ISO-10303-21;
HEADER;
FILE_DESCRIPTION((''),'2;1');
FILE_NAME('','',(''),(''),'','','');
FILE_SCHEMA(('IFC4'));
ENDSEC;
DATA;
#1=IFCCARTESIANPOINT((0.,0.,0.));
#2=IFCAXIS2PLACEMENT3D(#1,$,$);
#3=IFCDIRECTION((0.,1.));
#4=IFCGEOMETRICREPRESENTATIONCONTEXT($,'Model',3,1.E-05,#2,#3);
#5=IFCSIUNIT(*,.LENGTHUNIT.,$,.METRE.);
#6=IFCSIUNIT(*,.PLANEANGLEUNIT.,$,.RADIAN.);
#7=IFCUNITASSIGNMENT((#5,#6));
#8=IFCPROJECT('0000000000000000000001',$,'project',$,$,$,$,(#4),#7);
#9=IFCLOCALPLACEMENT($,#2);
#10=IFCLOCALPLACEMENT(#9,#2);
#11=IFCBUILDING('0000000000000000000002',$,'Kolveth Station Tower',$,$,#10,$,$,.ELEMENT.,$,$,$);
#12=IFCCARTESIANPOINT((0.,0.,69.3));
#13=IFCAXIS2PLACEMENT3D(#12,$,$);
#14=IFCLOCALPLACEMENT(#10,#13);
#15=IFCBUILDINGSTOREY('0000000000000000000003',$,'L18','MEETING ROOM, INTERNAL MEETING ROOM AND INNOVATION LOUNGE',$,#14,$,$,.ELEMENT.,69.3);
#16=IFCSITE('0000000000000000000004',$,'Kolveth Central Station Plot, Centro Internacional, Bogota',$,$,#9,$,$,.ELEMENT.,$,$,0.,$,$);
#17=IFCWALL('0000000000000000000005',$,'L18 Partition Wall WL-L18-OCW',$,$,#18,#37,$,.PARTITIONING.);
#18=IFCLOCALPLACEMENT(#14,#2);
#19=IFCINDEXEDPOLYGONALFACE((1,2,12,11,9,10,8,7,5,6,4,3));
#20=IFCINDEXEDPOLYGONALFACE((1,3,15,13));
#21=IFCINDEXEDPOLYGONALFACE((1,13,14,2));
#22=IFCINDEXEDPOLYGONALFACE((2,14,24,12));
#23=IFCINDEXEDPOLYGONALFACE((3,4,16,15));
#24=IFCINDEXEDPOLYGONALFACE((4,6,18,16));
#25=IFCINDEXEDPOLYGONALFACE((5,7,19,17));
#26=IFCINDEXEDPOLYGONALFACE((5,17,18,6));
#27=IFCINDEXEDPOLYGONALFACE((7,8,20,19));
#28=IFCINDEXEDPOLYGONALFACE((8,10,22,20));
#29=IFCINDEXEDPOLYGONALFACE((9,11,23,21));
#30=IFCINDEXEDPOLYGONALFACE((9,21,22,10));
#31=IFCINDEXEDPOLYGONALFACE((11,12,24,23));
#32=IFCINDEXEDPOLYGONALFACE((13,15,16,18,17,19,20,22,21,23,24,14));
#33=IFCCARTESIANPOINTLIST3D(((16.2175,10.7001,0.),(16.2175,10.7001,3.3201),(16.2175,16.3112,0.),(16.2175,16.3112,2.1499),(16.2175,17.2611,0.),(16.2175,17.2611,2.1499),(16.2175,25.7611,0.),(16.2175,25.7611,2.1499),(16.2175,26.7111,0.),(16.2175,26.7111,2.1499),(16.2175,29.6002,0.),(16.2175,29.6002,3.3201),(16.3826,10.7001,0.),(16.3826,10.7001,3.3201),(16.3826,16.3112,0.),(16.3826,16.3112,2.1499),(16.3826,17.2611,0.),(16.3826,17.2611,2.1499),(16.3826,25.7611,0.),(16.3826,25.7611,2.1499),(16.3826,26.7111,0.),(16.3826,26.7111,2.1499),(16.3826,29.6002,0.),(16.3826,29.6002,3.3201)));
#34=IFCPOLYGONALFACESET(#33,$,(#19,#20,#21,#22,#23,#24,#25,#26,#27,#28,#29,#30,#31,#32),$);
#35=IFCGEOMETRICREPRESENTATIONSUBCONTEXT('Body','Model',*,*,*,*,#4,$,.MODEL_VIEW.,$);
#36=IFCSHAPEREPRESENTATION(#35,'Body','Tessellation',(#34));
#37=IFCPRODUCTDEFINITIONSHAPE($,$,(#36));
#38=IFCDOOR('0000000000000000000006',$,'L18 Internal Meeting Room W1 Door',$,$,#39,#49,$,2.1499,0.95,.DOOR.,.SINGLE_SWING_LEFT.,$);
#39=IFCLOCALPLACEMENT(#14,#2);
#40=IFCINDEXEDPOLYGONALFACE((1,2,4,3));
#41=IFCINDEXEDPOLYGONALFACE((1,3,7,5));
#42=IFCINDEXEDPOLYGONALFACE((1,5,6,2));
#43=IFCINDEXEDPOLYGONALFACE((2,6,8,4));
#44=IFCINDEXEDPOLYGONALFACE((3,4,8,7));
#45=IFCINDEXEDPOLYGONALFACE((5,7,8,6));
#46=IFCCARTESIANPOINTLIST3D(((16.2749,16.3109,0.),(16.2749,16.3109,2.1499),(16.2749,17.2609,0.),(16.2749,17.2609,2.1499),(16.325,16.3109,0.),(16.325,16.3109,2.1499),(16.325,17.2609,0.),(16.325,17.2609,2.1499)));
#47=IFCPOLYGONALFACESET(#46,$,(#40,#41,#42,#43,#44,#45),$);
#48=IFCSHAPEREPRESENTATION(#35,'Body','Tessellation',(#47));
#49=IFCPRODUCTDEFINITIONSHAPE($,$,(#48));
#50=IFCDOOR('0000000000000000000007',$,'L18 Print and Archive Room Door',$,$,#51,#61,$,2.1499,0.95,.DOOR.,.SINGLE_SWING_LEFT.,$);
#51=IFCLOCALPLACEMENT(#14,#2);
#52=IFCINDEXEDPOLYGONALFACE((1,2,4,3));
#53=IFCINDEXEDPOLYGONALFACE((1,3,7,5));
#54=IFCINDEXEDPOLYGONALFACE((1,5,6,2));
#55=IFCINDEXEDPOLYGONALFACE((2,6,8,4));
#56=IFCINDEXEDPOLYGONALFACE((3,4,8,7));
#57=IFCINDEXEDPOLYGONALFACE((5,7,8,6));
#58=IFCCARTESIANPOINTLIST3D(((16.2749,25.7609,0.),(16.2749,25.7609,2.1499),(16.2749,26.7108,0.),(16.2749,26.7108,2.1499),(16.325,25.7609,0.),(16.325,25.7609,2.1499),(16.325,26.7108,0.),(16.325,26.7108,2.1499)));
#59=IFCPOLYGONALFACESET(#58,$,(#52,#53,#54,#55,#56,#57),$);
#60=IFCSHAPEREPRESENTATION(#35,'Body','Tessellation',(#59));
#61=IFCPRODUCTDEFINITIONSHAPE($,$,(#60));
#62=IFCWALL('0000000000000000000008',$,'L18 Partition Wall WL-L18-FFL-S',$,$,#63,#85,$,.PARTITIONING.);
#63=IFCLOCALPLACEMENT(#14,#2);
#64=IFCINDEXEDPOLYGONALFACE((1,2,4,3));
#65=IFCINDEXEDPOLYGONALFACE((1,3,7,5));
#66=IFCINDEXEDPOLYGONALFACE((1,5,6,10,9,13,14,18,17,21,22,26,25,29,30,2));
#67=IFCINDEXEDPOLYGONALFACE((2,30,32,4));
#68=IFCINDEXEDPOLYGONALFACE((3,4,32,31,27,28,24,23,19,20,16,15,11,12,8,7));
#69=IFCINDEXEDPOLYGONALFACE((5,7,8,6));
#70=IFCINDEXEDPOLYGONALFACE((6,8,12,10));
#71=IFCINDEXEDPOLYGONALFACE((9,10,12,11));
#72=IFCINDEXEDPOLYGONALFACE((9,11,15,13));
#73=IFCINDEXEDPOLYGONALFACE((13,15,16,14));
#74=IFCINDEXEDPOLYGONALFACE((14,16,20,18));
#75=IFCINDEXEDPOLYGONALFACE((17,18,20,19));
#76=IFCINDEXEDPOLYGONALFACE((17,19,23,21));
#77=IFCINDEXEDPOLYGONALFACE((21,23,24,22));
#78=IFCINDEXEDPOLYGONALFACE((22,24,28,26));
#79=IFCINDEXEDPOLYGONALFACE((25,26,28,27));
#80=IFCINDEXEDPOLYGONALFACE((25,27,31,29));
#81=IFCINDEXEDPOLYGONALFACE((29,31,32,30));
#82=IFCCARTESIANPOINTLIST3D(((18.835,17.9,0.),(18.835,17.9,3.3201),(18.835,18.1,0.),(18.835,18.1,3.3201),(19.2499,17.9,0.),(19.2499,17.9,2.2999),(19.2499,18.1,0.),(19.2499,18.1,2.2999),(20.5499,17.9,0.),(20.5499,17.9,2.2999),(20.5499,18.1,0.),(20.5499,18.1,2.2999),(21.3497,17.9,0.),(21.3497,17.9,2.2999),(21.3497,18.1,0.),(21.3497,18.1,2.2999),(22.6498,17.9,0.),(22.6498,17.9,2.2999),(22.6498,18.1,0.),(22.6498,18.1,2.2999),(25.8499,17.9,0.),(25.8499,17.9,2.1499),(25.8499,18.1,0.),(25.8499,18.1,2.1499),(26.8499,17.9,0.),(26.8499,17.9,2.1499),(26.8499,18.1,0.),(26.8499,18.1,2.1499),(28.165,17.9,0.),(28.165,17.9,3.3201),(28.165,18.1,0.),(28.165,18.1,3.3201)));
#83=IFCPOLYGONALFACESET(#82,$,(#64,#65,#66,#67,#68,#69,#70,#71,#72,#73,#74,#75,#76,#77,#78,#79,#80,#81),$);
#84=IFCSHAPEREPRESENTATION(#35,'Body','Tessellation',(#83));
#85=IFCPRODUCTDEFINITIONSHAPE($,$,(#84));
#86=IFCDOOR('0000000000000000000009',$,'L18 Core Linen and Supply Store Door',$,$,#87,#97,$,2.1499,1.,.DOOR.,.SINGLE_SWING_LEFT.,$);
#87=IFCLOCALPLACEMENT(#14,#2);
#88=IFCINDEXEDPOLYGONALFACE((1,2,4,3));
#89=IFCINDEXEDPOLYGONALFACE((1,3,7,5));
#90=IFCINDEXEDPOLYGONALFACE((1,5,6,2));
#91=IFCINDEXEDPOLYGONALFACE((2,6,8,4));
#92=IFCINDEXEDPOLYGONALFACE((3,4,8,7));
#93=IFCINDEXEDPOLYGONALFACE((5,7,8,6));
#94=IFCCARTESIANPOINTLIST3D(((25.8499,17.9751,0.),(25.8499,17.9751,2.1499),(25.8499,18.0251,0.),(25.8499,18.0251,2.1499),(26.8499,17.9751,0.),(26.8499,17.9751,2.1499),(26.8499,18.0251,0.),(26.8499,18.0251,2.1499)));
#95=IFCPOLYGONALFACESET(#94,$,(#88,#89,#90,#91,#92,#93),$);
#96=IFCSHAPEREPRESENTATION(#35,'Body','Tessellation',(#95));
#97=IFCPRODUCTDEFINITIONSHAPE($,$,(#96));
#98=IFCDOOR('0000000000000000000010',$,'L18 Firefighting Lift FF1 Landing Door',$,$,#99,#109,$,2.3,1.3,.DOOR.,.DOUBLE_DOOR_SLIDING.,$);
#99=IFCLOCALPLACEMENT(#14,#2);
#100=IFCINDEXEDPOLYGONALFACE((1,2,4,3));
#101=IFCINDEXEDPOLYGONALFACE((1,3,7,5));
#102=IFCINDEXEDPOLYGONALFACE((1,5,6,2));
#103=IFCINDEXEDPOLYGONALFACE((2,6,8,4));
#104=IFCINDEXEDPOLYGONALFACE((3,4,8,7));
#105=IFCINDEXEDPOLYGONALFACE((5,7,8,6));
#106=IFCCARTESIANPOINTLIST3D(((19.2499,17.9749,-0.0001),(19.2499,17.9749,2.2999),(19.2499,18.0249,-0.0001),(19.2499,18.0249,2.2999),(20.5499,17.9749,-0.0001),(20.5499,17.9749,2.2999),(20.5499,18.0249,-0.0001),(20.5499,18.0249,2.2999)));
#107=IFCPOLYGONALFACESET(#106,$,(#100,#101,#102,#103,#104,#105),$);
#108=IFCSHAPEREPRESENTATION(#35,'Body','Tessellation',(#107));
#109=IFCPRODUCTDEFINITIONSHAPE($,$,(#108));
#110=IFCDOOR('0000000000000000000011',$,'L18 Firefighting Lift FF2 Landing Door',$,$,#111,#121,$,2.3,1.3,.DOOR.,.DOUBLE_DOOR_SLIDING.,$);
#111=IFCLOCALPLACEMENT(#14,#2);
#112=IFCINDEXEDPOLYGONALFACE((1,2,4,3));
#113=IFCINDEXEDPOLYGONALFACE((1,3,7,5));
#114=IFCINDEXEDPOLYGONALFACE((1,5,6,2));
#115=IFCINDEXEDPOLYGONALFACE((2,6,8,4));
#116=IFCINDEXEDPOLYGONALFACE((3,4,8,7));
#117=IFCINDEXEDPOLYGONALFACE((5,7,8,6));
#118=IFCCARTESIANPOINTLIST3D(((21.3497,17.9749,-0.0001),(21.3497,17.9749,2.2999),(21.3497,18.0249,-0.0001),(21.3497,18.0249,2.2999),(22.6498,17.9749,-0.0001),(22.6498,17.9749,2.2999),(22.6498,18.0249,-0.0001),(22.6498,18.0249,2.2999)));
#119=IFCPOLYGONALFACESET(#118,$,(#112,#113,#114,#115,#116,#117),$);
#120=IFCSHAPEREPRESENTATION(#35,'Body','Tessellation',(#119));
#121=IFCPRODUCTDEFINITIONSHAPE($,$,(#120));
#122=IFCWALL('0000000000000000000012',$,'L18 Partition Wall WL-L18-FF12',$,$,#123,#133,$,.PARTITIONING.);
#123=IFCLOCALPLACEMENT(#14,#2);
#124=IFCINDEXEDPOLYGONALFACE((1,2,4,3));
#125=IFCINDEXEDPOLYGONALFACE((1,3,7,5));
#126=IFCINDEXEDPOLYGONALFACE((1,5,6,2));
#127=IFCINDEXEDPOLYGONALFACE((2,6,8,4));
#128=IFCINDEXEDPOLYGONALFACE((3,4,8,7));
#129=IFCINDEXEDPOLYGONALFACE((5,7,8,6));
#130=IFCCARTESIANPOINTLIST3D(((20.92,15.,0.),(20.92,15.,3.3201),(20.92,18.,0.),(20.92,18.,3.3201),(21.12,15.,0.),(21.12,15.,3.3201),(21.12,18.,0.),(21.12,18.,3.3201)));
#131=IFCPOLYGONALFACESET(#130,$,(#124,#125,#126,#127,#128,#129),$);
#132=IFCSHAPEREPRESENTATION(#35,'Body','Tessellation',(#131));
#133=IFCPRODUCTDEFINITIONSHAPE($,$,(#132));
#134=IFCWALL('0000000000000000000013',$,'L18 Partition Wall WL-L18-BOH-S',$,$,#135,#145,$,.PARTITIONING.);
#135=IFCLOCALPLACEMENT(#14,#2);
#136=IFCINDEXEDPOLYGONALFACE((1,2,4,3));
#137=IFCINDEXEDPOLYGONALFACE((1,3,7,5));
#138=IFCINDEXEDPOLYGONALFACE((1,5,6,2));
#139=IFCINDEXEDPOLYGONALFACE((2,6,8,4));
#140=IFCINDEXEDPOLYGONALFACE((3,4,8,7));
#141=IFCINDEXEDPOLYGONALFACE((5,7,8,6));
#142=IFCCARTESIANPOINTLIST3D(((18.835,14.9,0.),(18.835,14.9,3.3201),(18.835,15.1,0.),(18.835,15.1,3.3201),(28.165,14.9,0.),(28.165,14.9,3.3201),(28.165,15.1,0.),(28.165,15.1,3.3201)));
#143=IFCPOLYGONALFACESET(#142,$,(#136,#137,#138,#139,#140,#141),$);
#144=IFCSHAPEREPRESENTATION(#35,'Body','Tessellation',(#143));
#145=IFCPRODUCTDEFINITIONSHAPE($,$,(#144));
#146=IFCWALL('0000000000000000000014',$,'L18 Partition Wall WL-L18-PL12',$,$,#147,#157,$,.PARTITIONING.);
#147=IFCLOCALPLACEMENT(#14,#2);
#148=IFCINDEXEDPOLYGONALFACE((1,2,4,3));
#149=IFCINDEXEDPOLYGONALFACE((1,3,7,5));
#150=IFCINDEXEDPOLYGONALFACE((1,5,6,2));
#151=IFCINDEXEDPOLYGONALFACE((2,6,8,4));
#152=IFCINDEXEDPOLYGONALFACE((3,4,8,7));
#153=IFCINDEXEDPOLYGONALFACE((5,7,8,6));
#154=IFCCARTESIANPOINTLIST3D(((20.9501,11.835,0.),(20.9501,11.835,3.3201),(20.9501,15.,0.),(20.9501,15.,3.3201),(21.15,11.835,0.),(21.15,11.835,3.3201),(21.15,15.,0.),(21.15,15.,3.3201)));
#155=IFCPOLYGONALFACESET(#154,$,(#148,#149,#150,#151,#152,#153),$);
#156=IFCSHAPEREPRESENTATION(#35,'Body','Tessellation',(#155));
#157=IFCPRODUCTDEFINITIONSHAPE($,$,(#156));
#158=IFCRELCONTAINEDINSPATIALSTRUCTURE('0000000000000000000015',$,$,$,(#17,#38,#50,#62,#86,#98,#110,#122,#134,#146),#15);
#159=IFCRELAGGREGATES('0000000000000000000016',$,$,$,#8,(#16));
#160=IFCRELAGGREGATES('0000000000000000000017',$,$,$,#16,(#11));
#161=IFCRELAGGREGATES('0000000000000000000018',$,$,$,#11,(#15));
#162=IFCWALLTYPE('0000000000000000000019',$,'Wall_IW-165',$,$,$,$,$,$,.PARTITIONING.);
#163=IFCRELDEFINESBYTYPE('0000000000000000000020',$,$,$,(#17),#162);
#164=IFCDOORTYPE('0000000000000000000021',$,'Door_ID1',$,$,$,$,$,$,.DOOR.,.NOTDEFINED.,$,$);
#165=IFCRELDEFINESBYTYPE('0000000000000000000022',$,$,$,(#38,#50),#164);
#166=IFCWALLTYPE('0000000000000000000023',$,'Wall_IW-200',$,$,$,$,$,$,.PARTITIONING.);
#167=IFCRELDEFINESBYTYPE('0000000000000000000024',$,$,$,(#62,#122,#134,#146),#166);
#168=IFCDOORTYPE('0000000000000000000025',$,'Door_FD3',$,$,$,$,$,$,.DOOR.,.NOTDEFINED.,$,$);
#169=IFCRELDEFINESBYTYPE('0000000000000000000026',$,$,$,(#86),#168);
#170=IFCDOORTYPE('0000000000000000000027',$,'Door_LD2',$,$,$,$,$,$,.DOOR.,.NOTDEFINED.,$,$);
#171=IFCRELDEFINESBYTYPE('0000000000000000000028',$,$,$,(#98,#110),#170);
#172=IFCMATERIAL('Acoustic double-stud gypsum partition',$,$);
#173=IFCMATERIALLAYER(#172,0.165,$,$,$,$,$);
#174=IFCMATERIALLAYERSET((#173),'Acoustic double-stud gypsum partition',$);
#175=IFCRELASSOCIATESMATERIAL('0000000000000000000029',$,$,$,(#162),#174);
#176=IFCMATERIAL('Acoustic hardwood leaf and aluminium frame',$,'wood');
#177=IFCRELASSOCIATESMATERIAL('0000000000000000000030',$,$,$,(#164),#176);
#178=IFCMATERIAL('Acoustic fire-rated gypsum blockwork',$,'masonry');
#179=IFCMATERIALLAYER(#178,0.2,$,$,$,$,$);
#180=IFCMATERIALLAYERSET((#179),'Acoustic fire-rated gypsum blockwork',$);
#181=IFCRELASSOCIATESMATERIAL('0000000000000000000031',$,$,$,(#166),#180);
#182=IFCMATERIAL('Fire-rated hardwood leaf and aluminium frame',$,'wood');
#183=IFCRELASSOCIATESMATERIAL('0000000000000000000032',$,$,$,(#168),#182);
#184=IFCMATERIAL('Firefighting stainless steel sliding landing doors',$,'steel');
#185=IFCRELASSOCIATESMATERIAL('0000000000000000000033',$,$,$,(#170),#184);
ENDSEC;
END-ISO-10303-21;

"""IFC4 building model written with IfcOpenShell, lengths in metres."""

from ifc_helpers import new_model, si_unit, direction, frame, frame_2d, origin, place, context, subcontext, project, spatial, rectangle, extrude, material, layer, layer_set, type_object, element, fill, save


model = new_model("IFC4")

# Units and contexts
model_context = context("Model", 3, precision=1e-05, world=origin(), true_north=direction((0.0, 1.0)))
body_context = subcontext(model_context, "Body", "Model", "MODEL_VIEW")
ifc_project = project(units=[si_unit("LENGTHUNIT", "METRE"), si_unit("PLANEANGLEUNIT", "RADIAN")], contexts=[model_context])

# Site, building, storey
site_placement = place(None, origin())
site = spatial("IfcSite", under=ifc_project, at=site_placement, Name="Kolveth Central Station Plot, Centro Internacional, Bogota", CompositionType="ELEMENT", RefElevation=0.0)
building_placement = place(site_placement, origin())
building = spatial("IfcBuilding", under=site, at=building_placement, Name="Kolveth Station Tower", CompositionType="ELEMENT")
storey_placement = place(building_placement, frame((0.0, 0.0, 69.3)))
storey = spatial("IfcBuildingStorey", under=building, at=storey_placement, Name="L18", Description="MEETING ROOM, INTERNAL MEETING ROOM AND INNOVATION LOUNGE", CompositionType="ELEMENT", Elevation=69.3)

# Walls, openings, doors
ifc_material_1 = material(Name="Acoustic double-stud gypsum partition")
ifc_layer_1 = layer(ifc_material_1, 0.165)
ifc_layer_set_1 = layer_set([ifc_layer_1], Name="Acoustic double-stud gypsum partition")
wall_type_1 = type_object("IfcWallType", Name="Wall_IW-165", PredefinedType="PARTITIONING", material=ifc_layer_set_1)
wall_1_placement = place(storey_placement, frame((16.3, 10.7, 0.0), z_axis=(0.0, 0.0, 1.0), x_axis=(0.0, 1.0, 0.0)))
wall_1 = element("IfcWall", 1, at=wall_1_placement, inside=storey, type_object=wall_type_1, Name="L18 Partition Wall WL-L18-OCW", PredefinedType="PARTITIONING", context=body_context, shape_type="SweptSolid", body=[
    extrude(rectangle(XDim=18.9001, YDim=0.165, at=frame_2d((9.4502, 0.0))), origin(), (0.0, 0.0, 1.0), 3.3201),
])
opening_1_placement = place(wall_1_placement, frame((5.6111, 0.0, 0.0)))
opening_1 = element("IfcOpeningElement", 2, at=opening_1_placement, cuts=wall_1, PredefinedType="OPENING", context=body_context, shape_type="SweptSolid", body=[
    extrude(rectangle(XDim=0.95, YDim=2.1499, at=frame_2d((0.4751, 1.075))), frame((0.0, 0.0925, 0.0), z_axis=(0.0, -1.0, 0.0), x_axis=(1.0, 0.0, 0.0)), (0.0, 0.0, 1.0), 0.1851),
])
opening_2_placement = place(wall_1_placement, frame((15.061, 0.0, 0.0)))
opening_2 = element("IfcOpeningElement", 3, at=opening_2_placement, cuts=wall_1, PredefinedType="OPENING", context=body_context, shape_type="SweptSolid", body=[
    extrude(rectangle(XDim=0.95, YDim=2.1499, at=frame_2d((0.4751, 1.075))), frame((0.0, 0.0925, 0.0), z_axis=(0.0, -1.0, 0.0), x_axis=(1.0, 0.0, 0.0)), (0.0, 0.0, 1.0), 0.1851),
])
ifc_material_2 = material(Name="Acoustic hardwood leaf and aluminium frame", Category="wood")
door_type_1 = type_object("IfcDoorType", Name="Door_ID1", OperationType="NOTDEFINED", PredefinedType="DOOR", material=ifc_material_2)
door_1_placement = place(opening_1_placement, frame((0.95, 0.0, 0.0), z_axis=(0.0, 0.0, 1.0), x_axis=(-1.0, 0.0, 0.0)))
door_1 = element("IfcDoor", 4, at=door_1_placement, inside=storey, type_object=door_type_1, Name="L18 Internal Meeting Room W1 Door", OperationType="SINGLE_SWING_LEFT", OverallHeight=2.1499, OverallWidth=0.95, PredefinedType="DOOR", context=body_context, shape_type="SweptSolid", body=[
    extrude(rectangle(XDim=0.95, YDim=2.1499, at=frame_2d((0.4751, 1.075))), frame((0.0, 0.0249, 0.0), z_axis=(0.0, -1.0, 0.0), x_axis=(1.0, 0.0, 0.0)), (0.0, 0.0, 1.0), 0.05),
])
fill(opening_1, door_1)
door_2_placement = place(opening_2_placement, frame((0.95, 0.0, 0.0), z_axis=(0.0, 0.0, 1.0), x_axis=(-1.0, 0.0, 0.0)))
door_2 = element("IfcDoor", 5, at=door_2_placement, inside=storey, type_object=door_type_1, Name="L18 Print and Archive Room Door", OperationType="SINGLE_SWING_LEFT", OverallHeight=2.1499, OverallWidth=0.95, PredefinedType="DOOR", context=body_context, shape_type="SweptSolid", body=[
    extrude(rectangle(XDim=0.95, YDim=2.1499, at=frame_2d((0.4751, 1.075))), frame((0.0, 0.0249, 0.0), z_axis=(0.0, -1.0, 0.0), x_axis=(1.0, 0.0, 0.0)), (0.0, 0.0, 1.0), 0.05),
])
fill(opening_2, door_2)
ifc_material_3 = material(Name="Acoustic fire-rated gypsum blockwork", Category="masonry")
ifc_layer_2 = layer(ifc_material_3, 0.2)
ifc_layer_set_2 = layer_set([ifc_layer_2], Name="Acoustic fire-rated gypsum blockwork")
wall_type_2 = type_object("IfcWallType", Name="Wall_IW-200", PredefinedType="PARTITIONING", material=ifc_layer_set_2)
wall_2_placement = place(storey_placement, frame((18.835, 18.0, 0.0), z_axis=(0.0, 0.0, 1.0), x_axis=(1.0, 0.0, 0.0)))
wall_2 = element("IfcWall", 6, at=wall_2_placement, inside=storey, type_object=wall_type_2, Name="L18 Partition Wall WL-L18-FFL-S", PredefinedType="PARTITIONING", context=body_context, shape_type="SweptSolid", body=[
    extrude(rectangle(XDim=9.3301, YDim=0.2, at=frame_2d((4.665, 0.0))), origin(), (0.0, 0.0, 1.0), 3.3201),
])
opening_3_placement = place(wall_2_placement, frame((0.415, 0.0, 0.0)))
opening_3 = element("IfcOpeningElement", 7, at=opening_3_placement, cuts=wall_2, PredefinedType="OPENING", context=body_context, shape_type="SweptSolid", body=[
    extrude(rectangle(XDim=1.3, YDim=2.3, at=frame_2d((0.6499, 1.1499))), frame((0.0, 0.1099, 0.0), z_axis=(0.0, -1.0, 0.0), x_axis=(1.0, 0.0, 0.0)), (0.0, 0.0, 1.0), 0.22),
])
opening_4_placement = place(wall_2_placement, frame((2.5149, 0.0, 0.0)))
opening_4 = element("IfcOpeningElement", 8, at=opening_4_placement, cuts=wall_2, PredefinedType="OPENING", context=body_context, shape_type="SweptSolid", body=[
    extrude(rectangle(XDim=1.3, YDim=2.3, at=frame_2d((0.6499, 1.1499))), frame((0.0, 0.1099, 0.0), z_axis=(0.0, -1.0, 0.0), x_axis=(1.0, 0.0, 0.0)), (0.0, 0.0, 1.0), 0.22),
])
opening_5_placement = place(wall_2_placement, frame((7.0149, 0.0, 0.0)))
opening_5 = element("IfcOpeningElement", 9, at=opening_5_placement, cuts=wall_2, PredefinedType="OPENING", context=body_context, shape_type="SweptSolid", body=[
    extrude(rectangle(XDim=1.0, YDim=2.1499, at=frame_2d((0.5, 1.075))), frame((0.0, 0.1099, 0.0), z_axis=(0.0, -1.0, 0.0), x_axis=(1.0, 0.0, 0.0)), (0.0, 0.0, 1.0), 0.22),
])
ifc_material_4 = material(Name="Fire-rated hardwood leaf and aluminium frame", Category="wood")
door_type_2 = type_object("IfcDoorType", Name="Door_FD3", OperationType="NOTDEFINED", PredefinedType="DOOR", material=ifc_material_4)
door_3_placement = place(opening_5_placement, frame((1.0, 0.0, 0.0), z_axis=(0.0, 0.0, 1.0), x_axis=(-1.0, 0.0, 0.0)))
door_3 = element("IfcDoor", 10, at=door_3_placement, inside=storey, type_object=door_type_2, Name="L18 Core Linen and Supply Store Door", OperationType="SINGLE_SWING_LEFT", OverallHeight=2.1499, OverallWidth=1.0, PredefinedType="DOOR", context=body_context, shape_type="SweptSolid", body=[
    extrude(rectangle(XDim=1.0, YDim=2.1499, at=frame_2d((0.5, 1.075))), frame((0.0, 0.0249, 0.0), z_axis=(0.0, -1.0, 0.0), x_axis=(1.0, 0.0, 0.0)), (0.0, 0.0, 1.0), 0.05),
])
fill(opening_5, door_3)
ifc_material_5 = material(Name="Firefighting stainless steel sliding landing doors", Category="steel")
door_type_3 = type_object("IfcDoorType", Name="Door_LD2", OperationType="NOTDEFINED", PredefinedType="DOOR", material=ifc_material_5)
door_4_placement = place(opening_3_placement, origin())
door_4 = element("IfcDoor", 11, at=door_4_placement, inside=storey, type_object=door_type_3, Name="L18 Firefighting Lift FF1 Landing Door", OperationType="DOUBLE_DOOR_SLIDING", OverallHeight=2.3, OverallWidth=1.3, PredefinedType="DOOR", context=body_context, shape_type="SweptSolid", body=[
    extrude(rectangle(XDim=1.3, YDim=2.3, at=frame_2d((0.6499, 1.1499))), frame((0.0, 0.0249, 0.0), z_axis=(0.0, -1.0, 0.0), x_axis=(1.0, 0.0, 0.0)), (0.0, 0.0, 1.0), 0.05),
])
fill(opening_3, door_4)
door_5_placement = place(opening_4_placement, origin())
door_5 = element("IfcDoor", 12, at=door_5_placement, inside=storey, type_object=door_type_3, Name="L18 Firefighting Lift FF2 Landing Door", OperationType="DOUBLE_DOOR_SLIDING", OverallHeight=2.3, OverallWidth=1.3, PredefinedType="DOOR", context=body_context, shape_type="SweptSolid", body=[
    extrude(rectangle(XDim=1.3, YDim=2.3, at=frame_2d((0.6499, 1.1499))), frame((0.0, 0.0249, 0.0), z_axis=(0.0, -1.0, 0.0), x_axis=(1.0, 0.0, 0.0)), (0.0, 0.0, 1.0), 0.05),
])
fill(opening_4, door_5)

# Walls
wall_3_placement = place(storey_placement, frame((21.02, 15.0, 0.0), z_axis=(0.0, 0.0, 1.0), x_axis=(0.0, 1.0, 0.0)))
element("IfcWall", 13, at=wall_3_placement, inside=storey, type_object=wall_type_2, Name="L18 Partition Wall WL-L18-FF12", PredefinedType="PARTITIONING", context=body_context, shape_type="SweptSolid", body=[
    extrude(rectangle(XDim=3.0, YDim=0.2, at=frame_2d((1.5, 0.0))), origin(), (0.0, 0.0, 1.0), 3.3201),
])
wall_4_placement = place(storey_placement, frame((18.835, 15.0, 0.0), z_axis=(0.0, 0.0, 1.0), x_axis=(1.0, 0.0, 0.0)))
element("IfcWall", 14, at=wall_4_placement, inside=storey, type_object=wall_type_2, Name="L18 Partition Wall WL-L18-BOH-S", PredefinedType="PARTITIONING", context=body_context, shape_type="SweptSolid", body=[
    extrude(rectangle(XDim=9.3301, YDim=0.2, at=frame_2d((4.665, 0.0))), origin(), (0.0, 0.0, 1.0), 3.3201),
])
wall_5_placement = place(storey_placement, frame((21.05, 11.835, 0.0), z_axis=(0.0, 0.0, 1.0), x_axis=(0.0, 1.0, 0.0)))
element("IfcWall", 15, at=wall_5_placement, inside=storey, type_object=wall_type_2, Name="L18 Partition Wall WL-L18-PL12", PredefinedType="PARTITIONING", context=body_context, shape_type="SweptSolid", body=[
    extrude(rectangle(XDim=3.165, YDim=0.2, at=frame_2d((1.5825, 0.0))), origin(), (0.0, 0.0, 1.0), 3.3201),
])

save(model, "model.ifc")
